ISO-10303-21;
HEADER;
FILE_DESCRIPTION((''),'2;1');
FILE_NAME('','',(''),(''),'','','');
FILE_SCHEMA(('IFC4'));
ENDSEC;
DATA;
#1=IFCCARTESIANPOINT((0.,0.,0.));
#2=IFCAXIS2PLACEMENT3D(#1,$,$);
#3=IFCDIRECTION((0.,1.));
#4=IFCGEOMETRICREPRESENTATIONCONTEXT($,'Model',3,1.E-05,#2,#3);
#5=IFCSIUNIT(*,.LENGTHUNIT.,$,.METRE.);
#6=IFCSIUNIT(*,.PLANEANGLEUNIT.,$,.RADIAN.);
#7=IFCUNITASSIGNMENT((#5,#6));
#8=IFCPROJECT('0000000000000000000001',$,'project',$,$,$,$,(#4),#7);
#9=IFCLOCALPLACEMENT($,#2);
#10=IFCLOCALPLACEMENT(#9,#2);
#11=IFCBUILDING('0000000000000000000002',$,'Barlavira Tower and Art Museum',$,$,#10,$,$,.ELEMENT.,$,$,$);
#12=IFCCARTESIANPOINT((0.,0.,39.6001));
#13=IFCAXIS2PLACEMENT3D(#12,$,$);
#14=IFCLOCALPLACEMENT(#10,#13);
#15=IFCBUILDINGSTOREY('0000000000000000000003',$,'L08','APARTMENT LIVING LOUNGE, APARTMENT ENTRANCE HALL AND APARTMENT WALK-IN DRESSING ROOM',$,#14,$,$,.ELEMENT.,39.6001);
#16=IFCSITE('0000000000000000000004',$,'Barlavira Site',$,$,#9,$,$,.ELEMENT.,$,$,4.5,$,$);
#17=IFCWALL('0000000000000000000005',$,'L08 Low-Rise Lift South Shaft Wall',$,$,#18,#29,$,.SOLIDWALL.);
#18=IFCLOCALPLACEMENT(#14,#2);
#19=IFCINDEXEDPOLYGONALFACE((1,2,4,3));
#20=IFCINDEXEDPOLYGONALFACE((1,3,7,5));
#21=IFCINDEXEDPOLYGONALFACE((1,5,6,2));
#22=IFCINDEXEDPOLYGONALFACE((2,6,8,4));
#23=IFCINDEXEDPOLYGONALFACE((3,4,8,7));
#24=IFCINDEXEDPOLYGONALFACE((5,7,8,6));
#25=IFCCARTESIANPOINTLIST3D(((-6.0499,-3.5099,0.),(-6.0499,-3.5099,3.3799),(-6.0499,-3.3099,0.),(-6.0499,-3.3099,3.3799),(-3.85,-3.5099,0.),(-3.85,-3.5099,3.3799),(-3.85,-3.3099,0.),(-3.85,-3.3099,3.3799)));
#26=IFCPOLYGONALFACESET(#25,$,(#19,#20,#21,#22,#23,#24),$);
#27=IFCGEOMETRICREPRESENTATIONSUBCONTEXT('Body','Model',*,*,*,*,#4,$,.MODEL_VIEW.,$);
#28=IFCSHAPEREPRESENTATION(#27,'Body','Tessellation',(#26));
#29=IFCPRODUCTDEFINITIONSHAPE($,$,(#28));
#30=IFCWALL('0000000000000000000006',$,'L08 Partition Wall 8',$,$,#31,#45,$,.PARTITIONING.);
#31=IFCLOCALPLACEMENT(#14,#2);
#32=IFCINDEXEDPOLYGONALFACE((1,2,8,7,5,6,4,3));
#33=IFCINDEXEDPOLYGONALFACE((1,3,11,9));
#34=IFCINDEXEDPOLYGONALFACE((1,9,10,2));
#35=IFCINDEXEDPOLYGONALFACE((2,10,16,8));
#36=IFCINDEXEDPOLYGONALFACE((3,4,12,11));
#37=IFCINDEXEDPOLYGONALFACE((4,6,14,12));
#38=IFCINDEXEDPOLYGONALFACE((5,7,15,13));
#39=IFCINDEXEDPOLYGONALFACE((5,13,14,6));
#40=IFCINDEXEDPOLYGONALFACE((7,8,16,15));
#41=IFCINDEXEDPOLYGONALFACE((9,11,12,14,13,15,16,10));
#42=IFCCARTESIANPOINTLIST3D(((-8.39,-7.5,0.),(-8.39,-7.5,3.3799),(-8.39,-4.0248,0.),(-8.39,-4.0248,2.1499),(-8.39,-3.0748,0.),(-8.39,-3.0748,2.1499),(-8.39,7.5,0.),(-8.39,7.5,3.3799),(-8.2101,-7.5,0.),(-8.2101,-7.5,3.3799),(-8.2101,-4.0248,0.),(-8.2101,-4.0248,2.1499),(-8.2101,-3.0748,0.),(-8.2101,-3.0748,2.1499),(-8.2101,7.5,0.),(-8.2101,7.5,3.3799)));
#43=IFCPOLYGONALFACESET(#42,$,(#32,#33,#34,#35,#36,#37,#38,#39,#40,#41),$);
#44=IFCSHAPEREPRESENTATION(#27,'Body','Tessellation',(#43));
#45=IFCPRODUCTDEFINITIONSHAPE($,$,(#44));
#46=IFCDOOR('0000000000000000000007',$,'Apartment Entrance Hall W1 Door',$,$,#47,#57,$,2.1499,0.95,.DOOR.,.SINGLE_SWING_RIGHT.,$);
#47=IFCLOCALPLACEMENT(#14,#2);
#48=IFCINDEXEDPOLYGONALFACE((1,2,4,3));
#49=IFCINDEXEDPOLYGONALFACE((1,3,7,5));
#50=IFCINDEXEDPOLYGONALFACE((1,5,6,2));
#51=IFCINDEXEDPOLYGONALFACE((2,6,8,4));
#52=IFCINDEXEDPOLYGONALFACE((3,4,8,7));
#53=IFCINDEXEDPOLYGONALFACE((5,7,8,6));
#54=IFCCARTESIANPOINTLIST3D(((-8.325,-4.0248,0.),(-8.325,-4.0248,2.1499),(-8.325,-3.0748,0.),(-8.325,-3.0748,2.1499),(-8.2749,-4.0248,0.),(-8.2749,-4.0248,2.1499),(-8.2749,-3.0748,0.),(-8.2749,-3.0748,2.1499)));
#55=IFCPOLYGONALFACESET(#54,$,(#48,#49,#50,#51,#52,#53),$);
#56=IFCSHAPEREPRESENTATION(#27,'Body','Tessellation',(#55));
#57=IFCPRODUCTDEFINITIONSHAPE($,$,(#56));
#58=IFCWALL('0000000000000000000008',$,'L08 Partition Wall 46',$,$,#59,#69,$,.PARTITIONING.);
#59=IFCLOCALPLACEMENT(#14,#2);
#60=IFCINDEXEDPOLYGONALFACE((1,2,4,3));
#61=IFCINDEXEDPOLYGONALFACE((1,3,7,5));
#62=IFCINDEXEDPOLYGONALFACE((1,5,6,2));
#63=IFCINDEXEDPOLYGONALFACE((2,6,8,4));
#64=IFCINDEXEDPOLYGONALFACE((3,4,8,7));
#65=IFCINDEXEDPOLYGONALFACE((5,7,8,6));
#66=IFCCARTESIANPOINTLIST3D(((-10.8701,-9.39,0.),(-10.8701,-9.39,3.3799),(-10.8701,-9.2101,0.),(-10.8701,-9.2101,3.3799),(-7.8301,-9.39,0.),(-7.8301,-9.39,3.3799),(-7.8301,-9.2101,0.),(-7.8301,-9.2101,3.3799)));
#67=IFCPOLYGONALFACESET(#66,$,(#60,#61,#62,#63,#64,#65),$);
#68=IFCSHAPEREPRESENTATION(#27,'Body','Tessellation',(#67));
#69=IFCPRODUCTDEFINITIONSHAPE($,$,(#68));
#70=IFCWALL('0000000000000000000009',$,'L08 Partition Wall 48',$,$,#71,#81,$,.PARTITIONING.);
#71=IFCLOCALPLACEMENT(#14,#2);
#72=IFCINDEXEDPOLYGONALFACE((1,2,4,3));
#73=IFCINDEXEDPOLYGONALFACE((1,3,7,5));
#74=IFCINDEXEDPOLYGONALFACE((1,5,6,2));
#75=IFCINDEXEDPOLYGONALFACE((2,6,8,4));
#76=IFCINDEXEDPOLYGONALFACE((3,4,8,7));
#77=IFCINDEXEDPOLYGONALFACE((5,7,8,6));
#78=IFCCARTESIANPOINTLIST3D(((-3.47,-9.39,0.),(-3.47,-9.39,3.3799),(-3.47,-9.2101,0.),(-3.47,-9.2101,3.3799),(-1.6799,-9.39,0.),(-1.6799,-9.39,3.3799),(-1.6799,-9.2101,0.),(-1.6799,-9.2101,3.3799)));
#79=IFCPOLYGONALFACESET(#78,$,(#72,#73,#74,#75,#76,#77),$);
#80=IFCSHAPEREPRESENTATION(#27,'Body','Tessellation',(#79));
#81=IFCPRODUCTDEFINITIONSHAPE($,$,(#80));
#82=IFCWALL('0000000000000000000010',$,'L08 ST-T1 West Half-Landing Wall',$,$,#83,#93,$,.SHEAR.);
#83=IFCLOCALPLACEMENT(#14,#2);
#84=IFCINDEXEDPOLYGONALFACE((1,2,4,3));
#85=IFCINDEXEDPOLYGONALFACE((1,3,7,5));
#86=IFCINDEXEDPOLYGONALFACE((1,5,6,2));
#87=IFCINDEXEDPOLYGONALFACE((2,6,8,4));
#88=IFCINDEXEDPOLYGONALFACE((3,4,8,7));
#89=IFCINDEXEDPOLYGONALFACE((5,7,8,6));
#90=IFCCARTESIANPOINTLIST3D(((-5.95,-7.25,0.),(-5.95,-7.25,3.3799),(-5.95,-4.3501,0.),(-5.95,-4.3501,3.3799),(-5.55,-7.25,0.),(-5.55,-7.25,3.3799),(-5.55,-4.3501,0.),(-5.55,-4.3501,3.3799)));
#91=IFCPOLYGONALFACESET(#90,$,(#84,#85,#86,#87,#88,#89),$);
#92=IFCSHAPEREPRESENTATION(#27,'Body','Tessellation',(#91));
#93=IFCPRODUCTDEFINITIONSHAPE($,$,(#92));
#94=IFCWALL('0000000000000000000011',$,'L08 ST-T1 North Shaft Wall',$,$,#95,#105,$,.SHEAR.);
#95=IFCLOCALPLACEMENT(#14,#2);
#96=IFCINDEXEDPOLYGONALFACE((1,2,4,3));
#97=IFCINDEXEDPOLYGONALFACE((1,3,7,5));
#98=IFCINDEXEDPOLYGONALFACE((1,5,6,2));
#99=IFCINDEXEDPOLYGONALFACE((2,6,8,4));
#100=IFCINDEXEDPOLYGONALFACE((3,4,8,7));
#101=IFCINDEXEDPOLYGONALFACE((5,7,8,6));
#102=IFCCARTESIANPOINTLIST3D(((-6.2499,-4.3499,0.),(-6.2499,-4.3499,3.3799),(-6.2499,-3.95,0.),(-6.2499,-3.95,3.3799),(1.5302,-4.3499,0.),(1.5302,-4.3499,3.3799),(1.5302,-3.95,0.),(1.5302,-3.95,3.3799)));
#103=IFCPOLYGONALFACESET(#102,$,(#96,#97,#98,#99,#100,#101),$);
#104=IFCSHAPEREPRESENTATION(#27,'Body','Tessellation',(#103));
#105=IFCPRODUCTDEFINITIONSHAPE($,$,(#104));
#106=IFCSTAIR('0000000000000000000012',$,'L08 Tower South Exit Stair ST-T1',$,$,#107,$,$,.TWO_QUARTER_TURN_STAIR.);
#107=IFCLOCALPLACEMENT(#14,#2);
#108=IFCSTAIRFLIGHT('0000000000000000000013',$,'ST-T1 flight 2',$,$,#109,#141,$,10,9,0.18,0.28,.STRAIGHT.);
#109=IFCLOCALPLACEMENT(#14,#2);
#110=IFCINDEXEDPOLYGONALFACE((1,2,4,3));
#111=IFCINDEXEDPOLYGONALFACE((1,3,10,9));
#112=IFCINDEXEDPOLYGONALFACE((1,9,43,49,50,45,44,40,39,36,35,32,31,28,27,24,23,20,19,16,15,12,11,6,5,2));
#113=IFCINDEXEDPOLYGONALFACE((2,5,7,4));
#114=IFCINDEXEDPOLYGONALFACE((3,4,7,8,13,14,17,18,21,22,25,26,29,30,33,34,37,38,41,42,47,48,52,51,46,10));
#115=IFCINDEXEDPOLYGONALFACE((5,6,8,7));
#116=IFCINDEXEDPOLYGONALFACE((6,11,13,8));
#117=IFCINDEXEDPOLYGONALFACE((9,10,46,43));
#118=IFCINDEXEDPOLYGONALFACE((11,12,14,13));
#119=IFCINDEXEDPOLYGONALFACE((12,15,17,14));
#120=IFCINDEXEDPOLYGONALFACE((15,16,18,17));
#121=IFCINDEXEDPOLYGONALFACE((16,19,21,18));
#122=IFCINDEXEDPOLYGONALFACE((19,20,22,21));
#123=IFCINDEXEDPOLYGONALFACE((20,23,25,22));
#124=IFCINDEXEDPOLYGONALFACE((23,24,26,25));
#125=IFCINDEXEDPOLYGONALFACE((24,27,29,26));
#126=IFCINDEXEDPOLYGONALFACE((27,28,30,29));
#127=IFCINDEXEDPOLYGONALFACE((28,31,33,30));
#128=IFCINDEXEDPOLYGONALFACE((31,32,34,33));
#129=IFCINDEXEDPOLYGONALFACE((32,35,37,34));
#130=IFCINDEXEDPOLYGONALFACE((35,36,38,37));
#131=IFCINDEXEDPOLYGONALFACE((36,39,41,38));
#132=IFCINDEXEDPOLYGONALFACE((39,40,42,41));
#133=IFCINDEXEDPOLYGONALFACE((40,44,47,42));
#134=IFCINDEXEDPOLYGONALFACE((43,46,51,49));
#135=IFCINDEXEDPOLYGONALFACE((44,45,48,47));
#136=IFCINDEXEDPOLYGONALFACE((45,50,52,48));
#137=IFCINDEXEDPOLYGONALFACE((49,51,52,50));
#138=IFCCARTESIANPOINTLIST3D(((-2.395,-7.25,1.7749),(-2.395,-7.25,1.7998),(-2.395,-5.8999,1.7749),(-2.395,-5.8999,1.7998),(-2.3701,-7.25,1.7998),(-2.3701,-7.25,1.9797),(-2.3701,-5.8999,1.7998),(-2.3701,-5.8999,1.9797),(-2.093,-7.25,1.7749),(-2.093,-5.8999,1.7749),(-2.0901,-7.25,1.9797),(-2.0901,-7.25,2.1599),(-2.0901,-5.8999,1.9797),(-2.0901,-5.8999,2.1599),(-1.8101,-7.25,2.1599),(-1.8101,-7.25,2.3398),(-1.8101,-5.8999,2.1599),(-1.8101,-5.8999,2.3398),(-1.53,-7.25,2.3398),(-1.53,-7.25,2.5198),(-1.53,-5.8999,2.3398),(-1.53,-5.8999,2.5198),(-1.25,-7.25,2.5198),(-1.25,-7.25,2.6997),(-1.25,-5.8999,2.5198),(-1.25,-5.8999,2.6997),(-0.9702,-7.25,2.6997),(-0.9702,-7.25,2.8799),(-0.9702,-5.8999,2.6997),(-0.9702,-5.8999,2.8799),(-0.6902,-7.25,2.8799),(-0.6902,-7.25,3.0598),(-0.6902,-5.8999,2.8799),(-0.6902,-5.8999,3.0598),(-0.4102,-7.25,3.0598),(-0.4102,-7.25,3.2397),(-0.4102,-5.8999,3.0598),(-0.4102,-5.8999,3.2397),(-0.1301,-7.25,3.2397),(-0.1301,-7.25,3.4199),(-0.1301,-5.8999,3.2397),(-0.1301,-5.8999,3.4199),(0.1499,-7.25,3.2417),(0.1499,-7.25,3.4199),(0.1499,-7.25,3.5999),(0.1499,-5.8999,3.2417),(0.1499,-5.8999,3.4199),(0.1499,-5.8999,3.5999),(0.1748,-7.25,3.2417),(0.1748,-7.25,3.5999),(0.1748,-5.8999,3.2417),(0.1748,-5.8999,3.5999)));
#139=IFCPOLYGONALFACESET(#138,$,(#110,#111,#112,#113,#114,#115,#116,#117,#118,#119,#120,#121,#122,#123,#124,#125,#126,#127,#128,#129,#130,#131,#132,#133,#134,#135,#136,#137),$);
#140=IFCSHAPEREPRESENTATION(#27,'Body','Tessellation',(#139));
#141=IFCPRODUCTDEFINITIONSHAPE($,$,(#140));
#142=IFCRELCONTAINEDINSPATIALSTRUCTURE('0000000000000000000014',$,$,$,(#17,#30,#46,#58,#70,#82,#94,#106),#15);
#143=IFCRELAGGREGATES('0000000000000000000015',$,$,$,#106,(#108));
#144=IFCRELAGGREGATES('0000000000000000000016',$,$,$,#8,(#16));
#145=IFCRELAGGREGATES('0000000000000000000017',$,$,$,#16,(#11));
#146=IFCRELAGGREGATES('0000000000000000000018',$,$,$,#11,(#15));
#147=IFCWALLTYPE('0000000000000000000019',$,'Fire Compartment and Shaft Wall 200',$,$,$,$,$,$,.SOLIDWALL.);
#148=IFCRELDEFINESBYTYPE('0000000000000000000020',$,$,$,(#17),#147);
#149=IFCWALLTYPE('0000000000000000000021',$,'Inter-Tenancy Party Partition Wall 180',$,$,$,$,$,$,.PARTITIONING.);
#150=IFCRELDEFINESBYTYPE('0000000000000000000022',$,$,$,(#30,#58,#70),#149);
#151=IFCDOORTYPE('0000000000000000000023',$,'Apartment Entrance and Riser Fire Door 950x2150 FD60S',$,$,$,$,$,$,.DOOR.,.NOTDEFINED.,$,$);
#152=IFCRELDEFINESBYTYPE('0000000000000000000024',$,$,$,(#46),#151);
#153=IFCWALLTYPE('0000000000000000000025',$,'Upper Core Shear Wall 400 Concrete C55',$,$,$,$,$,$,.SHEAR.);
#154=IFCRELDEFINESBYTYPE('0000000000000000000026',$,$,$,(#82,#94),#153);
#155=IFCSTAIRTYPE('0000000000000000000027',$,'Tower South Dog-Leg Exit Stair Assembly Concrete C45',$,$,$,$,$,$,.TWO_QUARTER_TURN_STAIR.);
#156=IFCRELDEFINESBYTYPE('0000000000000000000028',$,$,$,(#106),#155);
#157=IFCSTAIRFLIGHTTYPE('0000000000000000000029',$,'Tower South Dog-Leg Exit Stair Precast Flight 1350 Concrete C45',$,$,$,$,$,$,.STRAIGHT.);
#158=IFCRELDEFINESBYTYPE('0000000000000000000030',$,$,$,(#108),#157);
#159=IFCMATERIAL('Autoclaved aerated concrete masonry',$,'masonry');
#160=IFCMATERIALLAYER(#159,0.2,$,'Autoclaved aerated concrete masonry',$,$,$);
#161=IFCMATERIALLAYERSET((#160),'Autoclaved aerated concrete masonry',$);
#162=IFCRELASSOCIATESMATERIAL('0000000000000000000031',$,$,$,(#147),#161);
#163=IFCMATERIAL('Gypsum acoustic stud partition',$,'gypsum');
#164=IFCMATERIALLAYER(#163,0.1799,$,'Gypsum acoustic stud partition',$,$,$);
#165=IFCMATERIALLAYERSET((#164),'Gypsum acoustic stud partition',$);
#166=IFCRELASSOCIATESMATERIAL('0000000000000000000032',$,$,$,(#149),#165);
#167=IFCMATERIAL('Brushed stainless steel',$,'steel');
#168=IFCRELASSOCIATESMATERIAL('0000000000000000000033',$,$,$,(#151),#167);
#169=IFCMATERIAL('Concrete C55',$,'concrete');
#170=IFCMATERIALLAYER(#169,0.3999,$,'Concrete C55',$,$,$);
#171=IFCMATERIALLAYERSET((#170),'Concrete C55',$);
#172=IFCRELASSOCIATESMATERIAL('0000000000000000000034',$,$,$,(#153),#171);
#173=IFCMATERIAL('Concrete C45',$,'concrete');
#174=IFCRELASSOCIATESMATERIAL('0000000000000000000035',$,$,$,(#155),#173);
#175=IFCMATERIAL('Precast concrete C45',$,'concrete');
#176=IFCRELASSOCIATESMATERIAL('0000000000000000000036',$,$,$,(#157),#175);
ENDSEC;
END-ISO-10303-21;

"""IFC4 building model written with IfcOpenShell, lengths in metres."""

from ifc_helpers import new_model, si_unit, direction, frame, frame_2d, origin, place, context, subcontext, project, spatial, polyline, rectangle, outline, extrude, material, layer, layer_set, type_object, element, fill, aggregate, save


model = new_model("IFC4")

# Units and contexts
model_context = context("Model", 3, precision=1e-05, world=origin(), true_north=direction((0.0, 1.0)))
body_context = subcontext(model_context, "Body", "Model", "MODEL_VIEW")
ifc_project = project(units=[si_unit("LENGTHUNIT", "METRE"), si_unit("PLANEANGLEUNIT", "RADIAN")], contexts=[model_context])

# Site, building, storey
site_placement = place(None, origin())
site = spatial("IfcSite", under=ifc_project, at=site_placement, Name="Barlavira Site", CompositionType="ELEMENT", RefElevation=4.5)
building_placement = place(site_placement, origin())
building = spatial("IfcBuilding", under=site, at=building_placement, Name="Barlavira Tower and Art Museum", CompositionType="ELEMENT")
storey_placement = place(building_placement, frame((0.0, 0.0, 39.6001)))
storey = spatial("IfcBuildingStorey", under=building, at=storey_placement, Name="L08", Description="APARTMENT LIVING LOUNGE, APARTMENT ENTRANCE HALL AND APARTMENT WALK-IN DRESSING ROOM", CompositionType="ELEMENT", Elevation=39.6001)

# Shared definitions
ifc_material_1 = material(Name="Autoclaved aerated concrete masonry", Category="masonry")
ifc_layer_1 = layer(ifc_material_1, 0.2, Name="Autoclaved aerated concrete masonry")
ifc_layer_set_1 = layer_set([ifc_layer_1], Name="Autoclaved aerated concrete masonry")
wall_type_1 = type_object("IfcWallType", Name="Fire Compartment and Shaft Wall 200", PredefinedType="SOLIDWALL", material=ifc_layer_set_1)
ifc_material_2 = material(Name="Brushed stainless steel", Category="steel")

# Wall
wall_1_placement = place(storey_placement, frame((-6.05, -3.4099, 0.0), z_axis=(0.0, 0.0, 1.0), x_axis=(1.0, 0.0, 0.0)))
element("IfcWall", 1, at=wall_1_placement, inside=storey, type_object=wall_type_1, Name="L08 Low-Rise Lift South Shaft Wall", PredefinedType="SOLIDWALL", context=body_context, shape_type="SweptSolid", body=[
    extrude(rectangle(XDim=2.2, YDim=0.2, at=frame_2d((1.1001, 0.0))), origin(), (0.0, 0.0, 1.0), 3.3799),
])

# Wall, opening, door
ifc_material_3 = material(Name="Gypsum acoustic stud partition", Category="gypsum")
ifc_layer_2 = layer(ifc_material_3, 0.1799, Name="Gypsum acoustic stud partition")
ifc_layer_set_2 = layer_set([ifc_layer_2], Name="Gypsum acoustic stud partition")
wall_type_2 = type_object("IfcWallType", Name="Inter-Tenancy Party Partition Wall 180", PredefinedType="PARTITIONING", material=ifc_layer_set_2)
wall_2_placement = place(storey_placement, frame((-8.3, -7.5, 0.0), z_axis=(0.0, 0.0, 1.0), x_axis=(0.0, 1.0, 0.0)))
wall_2 = element("IfcWall", 2, at=wall_2_placement, inside=storey, type_object=wall_type_2, Name="L08 Partition Wall 8", PredefinedType="PARTITIONING", context=body_context, shape_type="SweptSolid", body=[
    extrude(rectangle(XDim=15.0, YDim=0.1799, at=frame_2d((7.5, 0.0))), origin(), (0.0, 0.0, 1.0), 3.3799),
])
opening_1_placement = place(wall_2_placement, frame((3.4751, 0.0, 0.0)))
opening_1 = element("IfcOpeningElement", 3, at=opening_1_placement, cuts=wall_2, PredefinedType="OPENING", context=body_context, shape_type="SweptSolid", body=[
    extrude(rectangle(XDim=0.95, YDim=2.1499, at=frame_2d((0.4751, 1.075))), frame((0.0, 0.1001, 0.0), z_axis=(0.0, -1.0, 0.0), x_axis=(1.0, 0.0, 0.0)), (0.0, 0.0, 1.0), 0.2),
])
door_type_1 = type_object("IfcDoorType", Name="Apartment Entrance and Riser Fire Door 950x2150 FD60S", OperationType="NOTDEFINED", PredefinedType="DOOR", material=ifc_material_2)
door_1_placement = place(opening_1_placement, origin())
door_1 = element("IfcDoor", 4, at=door_1_placement, inside=storey, type_object=door_type_1, Name="Apartment Entrance Hall W1 Door", OperationType="SINGLE_SWING_RIGHT", OverallHeight=2.1499, OverallWidth=0.95, PredefinedType="DOOR", context=body_context, shape_type="SweptSolid", body=[
    extrude(rectangle(XDim=0.95, YDim=2.1499, at=frame_2d((0.4751, 1.075))), frame((0.0, 0.0249, 0.0), z_axis=(0.0, -1.0, 0.0), x_axis=(1.0, 0.0, 0.0)), (0.0, 0.0, 1.0), 0.05),
])
fill(opening_1, door_1)

# Wall
wall_3_placement = place(storey_placement, frame((-10.8701, -9.3, 0.0), z_axis=(0.0, 0.0, 1.0), x_axis=(1.0, 0.0, 0.0)))
element("IfcWall", 5, at=wall_3_placement, inside=storey, type_object=wall_type_2, Name="L08 Partition Wall 46", PredefinedType="PARTITIONING", context=body_context, shape_type="SweptSolid", body=[
    extrude(rectangle(XDim=3.04, YDim=0.1799, at=frame_2d((1.52, 0.0))), origin(), (0.0, 0.0, 1.0), 3.3799),
])

# Wall
wall_4_placement = place(storey_placement, frame((-3.47, -9.3, 0.0), z_axis=(0.0, 0.0, 1.0), x_axis=(1.0, 0.0, 0.0)))
element("IfcWall", 6, at=wall_4_placement, inside=storey, type_object=wall_type_2, Name="L08 Partition Wall 48", PredefinedType="PARTITIONING", context=body_context, shape_type="SweptSolid", body=[
    extrude(rectangle(XDim=1.79, YDim=0.1799, at=frame_2d((0.895, 0.0))), origin(), (0.0, 0.0, 1.0), 3.3799),
])

# Walls
ifc_material_4 = material(Name="Concrete C55", Category="concrete")
ifc_layer_3 = layer(ifc_material_4, 0.3999, Name="Concrete C55")
ifc_layer_set_3 = layer_set([ifc_layer_3], Name="Concrete C55")
wall_type_3 = type_object("IfcWallType", Name="Upper Core Shear Wall 400 Concrete C55", PredefinedType="SHEAR", material=ifc_layer_set_3)
wall_5_placement = place(storey_placement, frame((-5.75, -7.25, 0.0), z_axis=(0.0, 0.0, 1.0), x_axis=(0.0, 1.0, 0.0)))
element("IfcWall", 7, at=wall_5_placement, inside=storey, type_object=wall_type_3, Name="L08 ST-T1 West Half-Landing Wall", PredefinedType="SHEAR", context=body_context, shape_type="SweptSolid", body=[
    extrude(rectangle(XDim=2.8999, YDim=0.3999, at=frame_2d((1.45, 0.0))), origin(), (0.0, 0.0, 1.0), 3.3799),
])
wall_6_placement = place(storey_placement, frame((-6.25, -4.1499, 0.0), z_axis=(0.0, 0.0, 1.0), x_axis=(1.0, 0.0, 0.0)))
element("IfcWall", 8, at=wall_6_placement, inside=storey, type_object=wall_type_3, Name="L08 ST-T1 North Shaft Wall", PredefinedType="SHEAR", context=body_context, shape_type="SweptSolid", body=[
    extrude(rectangle(XDim=7.78, YDim=0.3999, at=frame_2d((3.8901, 0.0))), origin(), (0.0, 0.0, 1.0), 3.3799),
])

# Stair, stair flight
ifc_material_5 = material(Name="Concrete C45", Category="concrete")
stair_type = type_object("IfcStairType", Name="Tower South Dog-Leg Exit Stair Assembly Concrete C45", PredefinedType="TWO_QUARTER_TURN_STAIR", material=ifc_material_5)
stair_placement = place(storey_placement, origin())
stair = element("IfcStair", 9, at=stair_placement, inside=storey, type_object=stair_type, Name="L08 Tower South Exit Stair ST-T1", PredefinedType="TWO_QUARTER_TURN_STAIR")
ifc_material_6 = material(Name="Precast concrete C45", Category="concrete")
stair_flight_type = type_object("IfcStairFlightType", Name="Tower South Dog-Leg Exit Stair Precast Flight 1350 Concrete C45", PredefinedType="STRAIGHT", material=ifc_material_6)
stair_flight_placement = place(storey_placement, frame((-2.3701, -6.575, 1.7998), z_axis=(0.0, 0.0, 1.0), x_axis=(1.0, 0.0, 0.0)))
stair_flight = element("IfcStairFlight", 10, at=stair_flight_placement, type_object=stair_flight_type, Name="ST-T1 flight 2", NumberOfRisers=10, NumberOfTreads=9, PredefinedType="STRAIGHT", RiserHeight=0.18, TreadLength=0.28, context=body_context, shape_type="SweptSolid", body=[
    extrude(outline(polyline([(-0.0249, 0.0), (0.0, 0.0), (0.0, 0.1799), (0.28, 0.1799), (0.28, 0.3601), (0.5601, 0.3601), (0.5601, 0.54), (0.8401, 0.54), (0.8401, 0.72), (1.1201, 0.72), (1.1201, 0.8999), (1.3999, 0.8999), (1.3999, 1.0801), (1.6799, 1.0801), (1.6799, 1.26), (1.96, 1.26), (1.96, 1.4399), (2.24, 1.4399), (2.24, 1.6201), (2.52, 1.6201), (2.52, 1.8), (2.5449, 1.8), (2.5449, 1.4419), (2.52, 1.4419), (0.2771, -0.0249), (-0.0249, -0.0249), (-0.0249, 0.0)])), frame((0.0, 0.675, 0.0), z_axis=(0.0, -1.0, 0.0), x_axis=(1.0, 0.0, 0.0)), (0.0, 0.0, 1.0), 1.3501),
])
aggregate(stair, [stair_flight])

save(model, "model.ifc")
